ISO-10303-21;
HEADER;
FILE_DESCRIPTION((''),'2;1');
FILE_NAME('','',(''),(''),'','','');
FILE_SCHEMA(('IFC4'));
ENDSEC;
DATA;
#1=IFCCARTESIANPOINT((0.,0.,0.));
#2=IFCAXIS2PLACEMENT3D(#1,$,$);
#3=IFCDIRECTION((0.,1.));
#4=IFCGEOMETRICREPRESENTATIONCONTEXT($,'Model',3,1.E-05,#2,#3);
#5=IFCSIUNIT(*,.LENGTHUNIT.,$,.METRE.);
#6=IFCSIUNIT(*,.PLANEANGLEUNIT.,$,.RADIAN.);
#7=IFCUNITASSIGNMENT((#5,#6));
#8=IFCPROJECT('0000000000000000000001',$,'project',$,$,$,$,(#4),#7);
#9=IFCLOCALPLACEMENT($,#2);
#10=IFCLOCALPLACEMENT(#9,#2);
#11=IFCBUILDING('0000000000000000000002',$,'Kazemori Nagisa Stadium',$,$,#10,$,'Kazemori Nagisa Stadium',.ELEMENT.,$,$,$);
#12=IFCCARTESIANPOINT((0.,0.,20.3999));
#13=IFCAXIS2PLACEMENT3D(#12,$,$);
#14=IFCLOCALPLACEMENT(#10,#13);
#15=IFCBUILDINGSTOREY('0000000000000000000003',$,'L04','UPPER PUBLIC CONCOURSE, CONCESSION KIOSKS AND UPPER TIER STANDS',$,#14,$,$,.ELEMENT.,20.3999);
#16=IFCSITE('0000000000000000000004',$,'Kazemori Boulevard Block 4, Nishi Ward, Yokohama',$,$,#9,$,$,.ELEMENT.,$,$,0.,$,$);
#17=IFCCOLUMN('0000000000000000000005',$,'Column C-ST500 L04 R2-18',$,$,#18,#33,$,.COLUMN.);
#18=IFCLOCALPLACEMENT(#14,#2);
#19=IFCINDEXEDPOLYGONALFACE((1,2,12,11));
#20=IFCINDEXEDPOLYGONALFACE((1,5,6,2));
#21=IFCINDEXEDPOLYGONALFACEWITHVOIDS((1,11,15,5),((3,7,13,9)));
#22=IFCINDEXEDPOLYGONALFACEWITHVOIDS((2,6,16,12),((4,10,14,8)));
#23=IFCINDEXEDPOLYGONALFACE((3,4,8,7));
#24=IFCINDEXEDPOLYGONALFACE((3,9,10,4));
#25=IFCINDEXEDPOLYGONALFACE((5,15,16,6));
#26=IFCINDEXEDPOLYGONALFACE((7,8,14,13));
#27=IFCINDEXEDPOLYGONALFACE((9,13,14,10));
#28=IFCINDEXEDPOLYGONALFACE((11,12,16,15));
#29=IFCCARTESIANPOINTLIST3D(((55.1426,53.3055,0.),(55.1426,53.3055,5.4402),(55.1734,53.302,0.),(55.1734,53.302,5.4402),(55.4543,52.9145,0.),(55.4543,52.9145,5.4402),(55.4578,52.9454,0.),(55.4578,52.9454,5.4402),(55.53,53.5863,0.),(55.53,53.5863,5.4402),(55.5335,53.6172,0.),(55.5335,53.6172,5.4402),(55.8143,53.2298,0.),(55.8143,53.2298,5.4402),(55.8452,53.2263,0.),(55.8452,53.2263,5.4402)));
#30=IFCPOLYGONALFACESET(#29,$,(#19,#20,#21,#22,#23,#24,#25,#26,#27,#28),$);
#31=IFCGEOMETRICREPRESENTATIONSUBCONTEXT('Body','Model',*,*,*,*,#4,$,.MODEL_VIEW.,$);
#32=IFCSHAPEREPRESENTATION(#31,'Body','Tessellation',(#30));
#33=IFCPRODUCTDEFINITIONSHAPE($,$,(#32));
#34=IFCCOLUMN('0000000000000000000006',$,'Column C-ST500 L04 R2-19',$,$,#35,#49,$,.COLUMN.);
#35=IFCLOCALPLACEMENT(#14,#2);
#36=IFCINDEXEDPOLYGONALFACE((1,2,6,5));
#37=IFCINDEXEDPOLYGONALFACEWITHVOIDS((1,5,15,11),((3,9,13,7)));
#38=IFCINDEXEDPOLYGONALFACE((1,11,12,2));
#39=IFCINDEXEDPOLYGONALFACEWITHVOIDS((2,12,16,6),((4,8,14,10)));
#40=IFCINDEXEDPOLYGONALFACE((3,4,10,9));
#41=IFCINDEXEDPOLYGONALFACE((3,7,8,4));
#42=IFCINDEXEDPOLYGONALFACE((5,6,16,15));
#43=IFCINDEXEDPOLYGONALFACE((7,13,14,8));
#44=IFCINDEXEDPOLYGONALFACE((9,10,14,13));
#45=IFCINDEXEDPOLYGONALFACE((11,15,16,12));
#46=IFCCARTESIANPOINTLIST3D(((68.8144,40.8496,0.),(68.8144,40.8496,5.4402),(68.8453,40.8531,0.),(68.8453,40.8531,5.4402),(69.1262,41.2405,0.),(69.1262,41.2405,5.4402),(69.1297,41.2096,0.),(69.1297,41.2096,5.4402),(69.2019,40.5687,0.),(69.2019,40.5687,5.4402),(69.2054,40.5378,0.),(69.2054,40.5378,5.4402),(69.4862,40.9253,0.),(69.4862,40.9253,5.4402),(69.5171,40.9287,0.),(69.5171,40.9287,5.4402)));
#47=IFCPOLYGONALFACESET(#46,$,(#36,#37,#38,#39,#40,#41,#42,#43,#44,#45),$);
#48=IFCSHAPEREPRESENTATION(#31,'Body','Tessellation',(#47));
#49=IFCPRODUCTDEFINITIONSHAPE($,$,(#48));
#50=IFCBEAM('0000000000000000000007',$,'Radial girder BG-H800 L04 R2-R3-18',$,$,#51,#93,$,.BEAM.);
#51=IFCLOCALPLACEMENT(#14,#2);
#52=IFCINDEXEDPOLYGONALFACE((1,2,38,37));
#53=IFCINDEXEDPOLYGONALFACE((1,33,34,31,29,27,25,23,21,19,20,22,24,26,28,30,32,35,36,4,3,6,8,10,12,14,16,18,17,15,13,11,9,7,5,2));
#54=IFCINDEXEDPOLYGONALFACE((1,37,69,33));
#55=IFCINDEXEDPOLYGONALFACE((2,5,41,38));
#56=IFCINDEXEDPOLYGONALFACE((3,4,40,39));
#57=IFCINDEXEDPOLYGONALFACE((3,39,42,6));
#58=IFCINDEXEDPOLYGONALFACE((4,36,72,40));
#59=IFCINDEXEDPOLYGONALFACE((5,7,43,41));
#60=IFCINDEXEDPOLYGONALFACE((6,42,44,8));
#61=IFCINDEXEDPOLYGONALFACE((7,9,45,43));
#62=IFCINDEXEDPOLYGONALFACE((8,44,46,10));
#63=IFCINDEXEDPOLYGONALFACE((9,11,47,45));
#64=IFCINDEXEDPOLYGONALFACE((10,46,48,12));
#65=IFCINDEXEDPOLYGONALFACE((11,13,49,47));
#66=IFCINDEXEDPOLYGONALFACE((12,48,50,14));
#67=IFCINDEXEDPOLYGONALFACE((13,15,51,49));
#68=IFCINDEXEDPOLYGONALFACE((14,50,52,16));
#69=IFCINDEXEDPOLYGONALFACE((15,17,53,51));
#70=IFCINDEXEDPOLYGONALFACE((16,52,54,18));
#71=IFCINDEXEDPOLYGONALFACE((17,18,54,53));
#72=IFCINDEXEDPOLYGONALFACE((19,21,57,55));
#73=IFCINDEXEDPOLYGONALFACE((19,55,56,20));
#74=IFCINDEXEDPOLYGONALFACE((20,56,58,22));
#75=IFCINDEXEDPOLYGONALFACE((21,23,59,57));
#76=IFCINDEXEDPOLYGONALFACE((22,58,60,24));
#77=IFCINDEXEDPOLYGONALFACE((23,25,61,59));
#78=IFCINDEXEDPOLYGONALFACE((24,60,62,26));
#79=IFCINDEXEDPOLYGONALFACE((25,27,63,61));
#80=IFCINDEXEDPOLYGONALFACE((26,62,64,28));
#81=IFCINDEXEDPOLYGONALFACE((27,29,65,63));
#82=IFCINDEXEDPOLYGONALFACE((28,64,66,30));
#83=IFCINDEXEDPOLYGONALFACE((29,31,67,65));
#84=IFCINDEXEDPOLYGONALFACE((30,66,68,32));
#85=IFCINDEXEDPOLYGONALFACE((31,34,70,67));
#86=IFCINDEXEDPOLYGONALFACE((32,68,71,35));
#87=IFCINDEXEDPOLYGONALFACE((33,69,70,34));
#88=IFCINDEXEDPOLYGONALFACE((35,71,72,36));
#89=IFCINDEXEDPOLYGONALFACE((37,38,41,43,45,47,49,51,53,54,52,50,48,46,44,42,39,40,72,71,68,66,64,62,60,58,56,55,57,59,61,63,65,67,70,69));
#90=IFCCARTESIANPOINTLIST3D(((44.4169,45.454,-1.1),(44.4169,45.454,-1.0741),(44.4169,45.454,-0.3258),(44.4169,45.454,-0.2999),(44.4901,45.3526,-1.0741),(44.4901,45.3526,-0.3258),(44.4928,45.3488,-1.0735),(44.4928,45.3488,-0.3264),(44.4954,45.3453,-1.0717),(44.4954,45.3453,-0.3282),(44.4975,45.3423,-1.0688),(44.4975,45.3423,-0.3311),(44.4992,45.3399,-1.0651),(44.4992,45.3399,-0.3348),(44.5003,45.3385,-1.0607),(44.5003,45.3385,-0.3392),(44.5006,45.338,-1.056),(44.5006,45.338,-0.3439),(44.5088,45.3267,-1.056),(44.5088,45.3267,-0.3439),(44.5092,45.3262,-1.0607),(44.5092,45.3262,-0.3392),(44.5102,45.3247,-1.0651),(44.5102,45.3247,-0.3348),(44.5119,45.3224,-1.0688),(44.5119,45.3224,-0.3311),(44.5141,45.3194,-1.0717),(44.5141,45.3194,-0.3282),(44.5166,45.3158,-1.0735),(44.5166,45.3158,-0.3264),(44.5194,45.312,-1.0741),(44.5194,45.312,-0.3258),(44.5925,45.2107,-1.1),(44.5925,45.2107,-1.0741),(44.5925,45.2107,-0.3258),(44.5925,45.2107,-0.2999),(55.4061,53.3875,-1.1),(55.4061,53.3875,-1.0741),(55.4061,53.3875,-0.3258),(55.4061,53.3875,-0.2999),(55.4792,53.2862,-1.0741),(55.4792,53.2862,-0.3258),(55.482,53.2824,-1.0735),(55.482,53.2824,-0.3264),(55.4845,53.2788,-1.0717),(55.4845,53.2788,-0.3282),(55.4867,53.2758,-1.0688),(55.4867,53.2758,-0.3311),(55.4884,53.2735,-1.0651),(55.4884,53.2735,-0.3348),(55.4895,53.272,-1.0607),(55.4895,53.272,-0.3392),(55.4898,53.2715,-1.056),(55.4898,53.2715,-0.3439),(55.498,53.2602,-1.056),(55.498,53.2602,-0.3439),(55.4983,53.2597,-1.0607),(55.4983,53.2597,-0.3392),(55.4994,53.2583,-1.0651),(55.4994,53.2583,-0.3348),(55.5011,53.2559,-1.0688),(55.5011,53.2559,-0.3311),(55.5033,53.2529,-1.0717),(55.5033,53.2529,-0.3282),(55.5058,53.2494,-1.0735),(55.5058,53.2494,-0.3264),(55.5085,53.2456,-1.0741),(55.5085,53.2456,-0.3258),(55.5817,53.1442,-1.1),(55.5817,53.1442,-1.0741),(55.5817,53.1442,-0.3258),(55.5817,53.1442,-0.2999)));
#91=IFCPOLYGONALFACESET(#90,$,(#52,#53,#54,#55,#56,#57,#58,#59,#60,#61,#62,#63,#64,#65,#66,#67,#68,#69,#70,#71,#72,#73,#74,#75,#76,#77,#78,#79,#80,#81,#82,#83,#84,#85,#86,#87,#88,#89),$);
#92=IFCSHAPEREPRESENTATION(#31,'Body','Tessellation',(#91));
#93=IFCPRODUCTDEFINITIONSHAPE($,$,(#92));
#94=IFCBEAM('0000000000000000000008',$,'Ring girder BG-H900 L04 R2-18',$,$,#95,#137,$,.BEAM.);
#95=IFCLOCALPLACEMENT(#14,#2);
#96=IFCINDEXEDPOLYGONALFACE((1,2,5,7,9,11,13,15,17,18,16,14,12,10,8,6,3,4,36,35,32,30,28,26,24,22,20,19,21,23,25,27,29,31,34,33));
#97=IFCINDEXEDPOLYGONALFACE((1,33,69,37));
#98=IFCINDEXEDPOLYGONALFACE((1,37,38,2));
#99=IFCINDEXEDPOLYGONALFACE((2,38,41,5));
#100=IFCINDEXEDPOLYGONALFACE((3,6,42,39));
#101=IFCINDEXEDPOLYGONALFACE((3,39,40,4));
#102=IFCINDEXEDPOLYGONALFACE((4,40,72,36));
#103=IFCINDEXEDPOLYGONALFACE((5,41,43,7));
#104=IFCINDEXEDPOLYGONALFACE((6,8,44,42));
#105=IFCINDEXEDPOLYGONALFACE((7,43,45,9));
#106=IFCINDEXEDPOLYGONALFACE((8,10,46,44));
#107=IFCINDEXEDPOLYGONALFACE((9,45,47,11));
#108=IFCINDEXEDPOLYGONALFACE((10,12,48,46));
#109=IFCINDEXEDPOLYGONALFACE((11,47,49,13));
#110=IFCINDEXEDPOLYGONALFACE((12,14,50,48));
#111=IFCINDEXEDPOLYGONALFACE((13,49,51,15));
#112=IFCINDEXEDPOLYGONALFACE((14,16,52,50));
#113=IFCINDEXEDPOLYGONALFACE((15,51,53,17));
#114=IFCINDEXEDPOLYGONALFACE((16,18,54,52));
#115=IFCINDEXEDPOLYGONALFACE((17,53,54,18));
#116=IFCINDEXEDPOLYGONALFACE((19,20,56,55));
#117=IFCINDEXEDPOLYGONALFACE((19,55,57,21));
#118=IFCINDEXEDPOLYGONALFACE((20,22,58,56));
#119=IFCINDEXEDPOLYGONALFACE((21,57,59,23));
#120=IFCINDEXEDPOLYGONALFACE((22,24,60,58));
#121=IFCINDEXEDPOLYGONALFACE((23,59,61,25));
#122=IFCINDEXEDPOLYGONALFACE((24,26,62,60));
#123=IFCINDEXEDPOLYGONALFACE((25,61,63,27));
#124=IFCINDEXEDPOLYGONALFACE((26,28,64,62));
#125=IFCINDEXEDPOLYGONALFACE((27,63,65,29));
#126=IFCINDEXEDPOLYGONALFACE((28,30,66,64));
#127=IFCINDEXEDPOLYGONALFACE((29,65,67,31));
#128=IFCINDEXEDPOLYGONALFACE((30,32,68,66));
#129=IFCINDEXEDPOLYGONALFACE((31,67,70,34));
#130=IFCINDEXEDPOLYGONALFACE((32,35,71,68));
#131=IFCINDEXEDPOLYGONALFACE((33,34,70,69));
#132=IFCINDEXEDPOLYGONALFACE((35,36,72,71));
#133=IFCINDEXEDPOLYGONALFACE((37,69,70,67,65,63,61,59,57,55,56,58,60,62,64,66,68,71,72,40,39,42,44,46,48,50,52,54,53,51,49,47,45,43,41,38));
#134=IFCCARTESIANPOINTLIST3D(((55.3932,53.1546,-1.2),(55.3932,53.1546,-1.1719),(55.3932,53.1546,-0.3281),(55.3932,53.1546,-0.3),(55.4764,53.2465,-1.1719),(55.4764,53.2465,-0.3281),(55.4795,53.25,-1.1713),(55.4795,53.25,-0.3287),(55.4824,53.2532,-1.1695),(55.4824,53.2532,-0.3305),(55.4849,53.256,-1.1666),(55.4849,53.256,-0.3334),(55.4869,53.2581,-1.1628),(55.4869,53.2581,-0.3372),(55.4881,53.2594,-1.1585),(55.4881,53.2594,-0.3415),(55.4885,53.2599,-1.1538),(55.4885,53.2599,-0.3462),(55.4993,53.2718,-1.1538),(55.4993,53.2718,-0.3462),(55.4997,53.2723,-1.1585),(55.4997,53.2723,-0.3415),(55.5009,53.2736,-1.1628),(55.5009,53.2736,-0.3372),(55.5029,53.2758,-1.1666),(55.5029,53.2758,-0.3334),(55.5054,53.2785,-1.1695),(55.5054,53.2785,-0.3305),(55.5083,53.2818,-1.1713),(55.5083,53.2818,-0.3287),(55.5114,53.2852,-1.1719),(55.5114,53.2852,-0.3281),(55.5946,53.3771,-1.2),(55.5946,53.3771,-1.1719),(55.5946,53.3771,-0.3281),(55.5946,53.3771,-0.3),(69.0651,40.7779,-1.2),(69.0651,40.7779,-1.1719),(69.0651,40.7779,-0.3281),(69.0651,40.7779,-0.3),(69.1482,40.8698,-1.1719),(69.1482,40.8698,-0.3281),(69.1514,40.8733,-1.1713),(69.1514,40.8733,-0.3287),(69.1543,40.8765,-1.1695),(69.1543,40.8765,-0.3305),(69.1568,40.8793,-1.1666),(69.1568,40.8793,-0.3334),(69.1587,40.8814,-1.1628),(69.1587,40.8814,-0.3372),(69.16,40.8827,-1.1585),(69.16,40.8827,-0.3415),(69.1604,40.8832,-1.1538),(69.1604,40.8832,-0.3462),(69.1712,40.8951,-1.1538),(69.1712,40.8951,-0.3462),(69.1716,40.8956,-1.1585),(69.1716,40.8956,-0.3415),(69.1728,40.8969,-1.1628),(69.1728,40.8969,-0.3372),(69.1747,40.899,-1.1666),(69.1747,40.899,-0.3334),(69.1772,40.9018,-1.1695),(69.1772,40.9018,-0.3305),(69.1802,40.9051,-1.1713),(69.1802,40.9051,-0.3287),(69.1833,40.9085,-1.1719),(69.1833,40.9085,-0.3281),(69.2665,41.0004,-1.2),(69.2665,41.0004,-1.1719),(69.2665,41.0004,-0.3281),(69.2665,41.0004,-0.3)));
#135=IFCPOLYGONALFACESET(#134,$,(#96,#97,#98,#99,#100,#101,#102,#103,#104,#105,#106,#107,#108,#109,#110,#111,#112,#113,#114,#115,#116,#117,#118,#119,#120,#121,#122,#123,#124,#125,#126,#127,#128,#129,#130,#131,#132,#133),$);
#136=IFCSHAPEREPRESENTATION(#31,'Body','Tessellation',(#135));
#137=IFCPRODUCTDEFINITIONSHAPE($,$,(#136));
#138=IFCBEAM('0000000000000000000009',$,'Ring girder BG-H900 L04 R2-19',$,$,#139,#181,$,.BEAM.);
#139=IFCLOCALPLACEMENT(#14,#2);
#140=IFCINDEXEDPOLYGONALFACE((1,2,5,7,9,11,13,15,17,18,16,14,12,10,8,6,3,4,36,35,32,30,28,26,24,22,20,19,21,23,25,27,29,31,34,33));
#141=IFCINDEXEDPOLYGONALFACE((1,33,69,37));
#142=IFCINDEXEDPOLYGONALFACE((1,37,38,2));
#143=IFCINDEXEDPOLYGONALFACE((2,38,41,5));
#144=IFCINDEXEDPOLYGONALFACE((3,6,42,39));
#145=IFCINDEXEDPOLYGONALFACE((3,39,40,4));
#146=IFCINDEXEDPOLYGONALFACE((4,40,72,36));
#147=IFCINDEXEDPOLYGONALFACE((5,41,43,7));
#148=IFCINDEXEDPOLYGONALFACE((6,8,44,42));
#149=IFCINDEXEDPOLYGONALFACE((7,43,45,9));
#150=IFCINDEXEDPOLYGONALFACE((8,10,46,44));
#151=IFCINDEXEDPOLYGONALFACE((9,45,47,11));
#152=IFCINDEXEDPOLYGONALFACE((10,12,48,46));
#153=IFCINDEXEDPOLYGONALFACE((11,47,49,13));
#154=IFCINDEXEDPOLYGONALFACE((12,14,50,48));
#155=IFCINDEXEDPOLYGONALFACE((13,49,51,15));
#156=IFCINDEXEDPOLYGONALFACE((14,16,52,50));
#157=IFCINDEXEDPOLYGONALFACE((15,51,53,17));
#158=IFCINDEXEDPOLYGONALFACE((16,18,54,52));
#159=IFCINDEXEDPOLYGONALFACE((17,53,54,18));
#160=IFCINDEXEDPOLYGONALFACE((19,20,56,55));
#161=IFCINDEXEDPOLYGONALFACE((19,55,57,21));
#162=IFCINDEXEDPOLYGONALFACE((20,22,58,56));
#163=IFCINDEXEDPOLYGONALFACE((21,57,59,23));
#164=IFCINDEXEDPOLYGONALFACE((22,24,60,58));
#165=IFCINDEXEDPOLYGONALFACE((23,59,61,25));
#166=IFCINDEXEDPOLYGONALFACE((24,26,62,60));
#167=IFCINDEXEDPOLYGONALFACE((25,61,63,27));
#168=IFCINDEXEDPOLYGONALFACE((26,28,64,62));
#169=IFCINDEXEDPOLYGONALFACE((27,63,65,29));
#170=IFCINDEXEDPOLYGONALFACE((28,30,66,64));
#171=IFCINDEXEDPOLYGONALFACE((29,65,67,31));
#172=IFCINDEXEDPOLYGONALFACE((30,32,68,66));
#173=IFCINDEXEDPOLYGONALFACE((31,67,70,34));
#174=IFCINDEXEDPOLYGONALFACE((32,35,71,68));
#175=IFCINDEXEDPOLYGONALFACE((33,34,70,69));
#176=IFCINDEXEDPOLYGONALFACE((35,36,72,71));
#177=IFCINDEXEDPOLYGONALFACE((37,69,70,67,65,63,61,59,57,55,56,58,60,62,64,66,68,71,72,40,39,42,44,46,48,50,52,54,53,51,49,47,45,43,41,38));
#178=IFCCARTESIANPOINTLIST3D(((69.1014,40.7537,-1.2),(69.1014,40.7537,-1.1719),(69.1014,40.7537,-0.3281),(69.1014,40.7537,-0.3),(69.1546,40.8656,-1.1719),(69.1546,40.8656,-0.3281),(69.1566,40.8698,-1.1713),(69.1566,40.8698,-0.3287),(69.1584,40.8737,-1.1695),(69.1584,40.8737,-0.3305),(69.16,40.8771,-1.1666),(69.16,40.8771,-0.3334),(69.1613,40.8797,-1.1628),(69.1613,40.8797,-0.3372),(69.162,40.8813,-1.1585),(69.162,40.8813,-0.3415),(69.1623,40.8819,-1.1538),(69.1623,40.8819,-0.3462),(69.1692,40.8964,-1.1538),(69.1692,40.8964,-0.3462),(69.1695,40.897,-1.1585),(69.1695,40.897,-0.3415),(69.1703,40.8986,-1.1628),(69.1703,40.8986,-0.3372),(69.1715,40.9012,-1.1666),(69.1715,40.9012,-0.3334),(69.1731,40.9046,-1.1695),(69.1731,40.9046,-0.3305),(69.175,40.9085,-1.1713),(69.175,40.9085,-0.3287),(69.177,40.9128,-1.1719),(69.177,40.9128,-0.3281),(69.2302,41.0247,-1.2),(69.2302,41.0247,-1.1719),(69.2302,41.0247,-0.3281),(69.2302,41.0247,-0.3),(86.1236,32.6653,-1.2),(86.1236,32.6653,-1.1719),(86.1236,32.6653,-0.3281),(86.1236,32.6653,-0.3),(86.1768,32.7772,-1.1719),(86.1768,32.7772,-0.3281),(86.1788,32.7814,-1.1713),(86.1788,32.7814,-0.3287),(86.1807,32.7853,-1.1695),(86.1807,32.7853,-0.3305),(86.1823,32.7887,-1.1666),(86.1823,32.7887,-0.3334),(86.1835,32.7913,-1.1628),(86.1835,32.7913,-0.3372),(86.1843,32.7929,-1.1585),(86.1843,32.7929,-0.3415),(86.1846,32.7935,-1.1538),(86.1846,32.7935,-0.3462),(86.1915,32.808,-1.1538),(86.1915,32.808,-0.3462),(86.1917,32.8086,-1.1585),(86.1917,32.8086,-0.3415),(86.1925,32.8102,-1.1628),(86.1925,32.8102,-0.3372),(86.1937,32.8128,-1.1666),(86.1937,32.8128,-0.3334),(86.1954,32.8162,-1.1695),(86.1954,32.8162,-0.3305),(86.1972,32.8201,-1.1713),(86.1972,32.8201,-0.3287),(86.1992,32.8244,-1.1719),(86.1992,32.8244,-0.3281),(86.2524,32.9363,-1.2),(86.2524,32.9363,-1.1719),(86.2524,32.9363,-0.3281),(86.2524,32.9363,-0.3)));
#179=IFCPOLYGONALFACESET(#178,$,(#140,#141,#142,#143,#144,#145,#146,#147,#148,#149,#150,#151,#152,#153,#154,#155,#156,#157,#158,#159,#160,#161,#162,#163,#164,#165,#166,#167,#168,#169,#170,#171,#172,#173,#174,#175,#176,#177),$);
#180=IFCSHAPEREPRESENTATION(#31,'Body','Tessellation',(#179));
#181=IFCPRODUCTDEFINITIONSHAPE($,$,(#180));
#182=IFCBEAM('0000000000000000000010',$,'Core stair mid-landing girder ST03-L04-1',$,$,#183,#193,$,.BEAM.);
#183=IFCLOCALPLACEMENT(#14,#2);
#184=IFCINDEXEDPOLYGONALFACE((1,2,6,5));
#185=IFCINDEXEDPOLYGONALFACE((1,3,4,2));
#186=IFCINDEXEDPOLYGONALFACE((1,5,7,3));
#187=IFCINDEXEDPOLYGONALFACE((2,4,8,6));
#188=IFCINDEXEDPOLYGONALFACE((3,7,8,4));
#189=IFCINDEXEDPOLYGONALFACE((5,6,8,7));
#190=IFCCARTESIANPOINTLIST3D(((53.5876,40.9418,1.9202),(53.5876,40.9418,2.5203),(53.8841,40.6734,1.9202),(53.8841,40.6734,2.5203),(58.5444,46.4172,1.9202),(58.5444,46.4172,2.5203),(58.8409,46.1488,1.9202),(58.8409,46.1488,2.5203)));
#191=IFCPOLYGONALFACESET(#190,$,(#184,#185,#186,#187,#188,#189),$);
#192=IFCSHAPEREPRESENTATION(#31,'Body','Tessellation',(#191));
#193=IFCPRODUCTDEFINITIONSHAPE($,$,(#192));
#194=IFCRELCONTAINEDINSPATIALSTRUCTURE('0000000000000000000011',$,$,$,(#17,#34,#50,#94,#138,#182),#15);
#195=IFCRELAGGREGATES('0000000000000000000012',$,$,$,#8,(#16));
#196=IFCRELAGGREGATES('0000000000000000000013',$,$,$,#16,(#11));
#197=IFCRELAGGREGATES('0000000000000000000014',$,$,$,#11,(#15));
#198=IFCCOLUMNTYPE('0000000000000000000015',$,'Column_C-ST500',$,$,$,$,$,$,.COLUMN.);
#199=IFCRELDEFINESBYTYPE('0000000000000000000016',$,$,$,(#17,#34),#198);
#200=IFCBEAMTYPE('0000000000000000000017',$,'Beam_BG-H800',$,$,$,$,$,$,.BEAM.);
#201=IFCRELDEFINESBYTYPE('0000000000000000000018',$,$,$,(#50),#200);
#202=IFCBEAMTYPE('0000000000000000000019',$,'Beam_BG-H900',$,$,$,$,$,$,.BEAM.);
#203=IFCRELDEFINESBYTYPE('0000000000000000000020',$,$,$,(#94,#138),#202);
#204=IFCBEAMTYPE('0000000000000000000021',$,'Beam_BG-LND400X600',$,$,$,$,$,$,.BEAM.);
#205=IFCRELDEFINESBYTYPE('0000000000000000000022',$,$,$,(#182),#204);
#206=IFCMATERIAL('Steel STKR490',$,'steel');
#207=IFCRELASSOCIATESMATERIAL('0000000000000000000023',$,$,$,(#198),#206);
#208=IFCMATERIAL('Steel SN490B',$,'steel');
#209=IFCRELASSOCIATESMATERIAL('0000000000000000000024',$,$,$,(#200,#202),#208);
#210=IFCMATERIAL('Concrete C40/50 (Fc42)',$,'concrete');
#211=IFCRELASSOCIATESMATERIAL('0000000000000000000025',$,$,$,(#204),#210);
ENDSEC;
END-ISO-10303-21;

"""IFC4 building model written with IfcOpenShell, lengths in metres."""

from ifc_helpers import new_model, si_unit, direction, frame, origin, origin_2d, place, context, subcontext, project, spatial, rectangle, hollow_rectangle, i_section, extrude, material, material_profile, profile_set, type_object, element, save


model = new_model("IFC4")

# Units and contexts
model_context = context("Model", 3, precision=1e-05, world=origin(), true_north=direction((0.0, 1.0)))
body_context = subcontext(model_context, "Body", "Model", "MODEL_VIEW")
ifc_project = project(units=[si_unit("LENGTHUNIT", "METRE"), si_unit("PLANEANGLEUNIT", "RADIAN")], contexts=[model_context])

# Site, building, storey
site_placement = place(None, origin())
site = spatial("IfcSite", under=ifc_project, at=site_placement, Name="Kazemori Boulevard Block 4, Nishi Ward, Yokohama", CompositionType="ELEMENT", RefElevation=0.0)
building_placement = place(site_placement, origin())
building = spatial("IfcBuilding", under=site, at=building_placement, Name="Kazemori Nagisa Stadium", LongName="Kazemori Nagisa Stadium", CompositionType="ELEMENT")
storey_placement = place(building_placement, frame((0.0, 0.0, 20.3999)))
storey = spatial("IfcBuildingStorey", under=building, at=storey_placement, Name="L04", Description="UPPER PUBLIC CONCOURSE, CONCESSION KIOSKS AND UPPER TIER STANDS", CompositionType="ELEMENT", Elevation=20.3999)

# Columns
ifc_material_1 = material(Name="Steel STKR490", Category="steel")
ifc_material_profile_1 = material_profile(ifc_material_1, hollow_rectangle(XDim=0.5, YDim=0.5, WallThickness=0.022, at=origin_2d()), Name="SHS-500x500x22")
ifc_profile_set_1 = profile_set([ifc_material_profile_1], Name="Steel STKR490")
column_type = type_object("IfcColumnType", Name="Column_C-ST500", PredefinedType="COLUMN", material=ifc_profile_set_1)
for number, where, z_axis, x_axis, name in (
    (1, (55.4939, 53.2659, 0.0), (0.0, 0.0, 1.0), (-0.781831, -0.62349, 0.0), "Column C-ST500 L04 R2-18"),
    (2, (69.1658, 40.8892, 0.0), (0.0, 0.0, 1.0), (-0.62349, -0.781831, 0.0), "Column C-ST500 L04 R2-19"),
):
    element("IfcColumn", number, at=place(storey_placement, frame(where, z_axis=z_axis, x_axis=x_axis)), inside=storey, type_object=column_type, Name=name, PredefinedType="COLUMN", context=body_context, shape_type="SweptSolid", body=[
        extrude(hollow_rectangle(XDim=0.5, YDim=0.5, WallThickness=0.022, at=origin_2d()), origin(), (0.0, 0.0, 1.0), 5.4402),
    ])

# Beams
ifc_material_2 = material(Name="Steel SN490B", Category="steel")
ifc_material_profile_2 = material_profile(ifc_material_2, i_section(OverallWidth=0.3, OverallDepth=0.8, WebThickness=0.0139, FlangeThickness=0.0259, FilletRadius=0.0181, at=origin_2d()), Name="H-800x300x14x26")
ifc_profile_set_2 = profile_set([ifc_material_profile_2], Name="Steel SN490B")
beam_type_1 = type_object("IfcBeamType", Name="Beam_BG-H800", PredefinedType="BEAM", material=ifc_profile_set_2)
beam_1_placement = place(storey_placement, frame((55.4939, 53.2659, -0.7), z_axis=(-0.810788, -0.585341, 0.0), x_axis=(0.585341, -0.810788, 0.0)))
element("IfcBeam", 3, at=beam_1_placement, inside=storey, type_object=beam_type_1, Name="Radial girder BG-H800 L04 R2-R3-18", PredefinedType="BEAM", context=body_context, shape_type="SweptSolid", body=[
    extrude(i_section(OverallWidth=0.3, OverallDepth=0.8, WebThickness=0.0139, FlangeThickness=0.0259, FilletRadius=0.0181, at=origin_2d()), origin(), (0.0, 0.0, 1.0), 13.5537),
])
ifc_material_profile_3 = material_profile(ifc_material_2, i_section(OverallWidth=0.3, OverallDepth=0.8999, WebThickness=0.0161, FlangeThickness=0.0281, FilletRadius=0.0181, at=origin_2d()), Name="H-900x300x16x28")
ifc_profile_set_3 = profile_set([ifc_material_profile_3], Name="Steel SN490B")
beam_type_2 = type_object("IfcBeamType", Name="Beam_BG-H900", PredefinedType="BEAM", material=ifc_profile_set_3)
beam_2_placement = place(storey_placement, frame((55.4939, 53.2659, -0.75), z_axis=(0.741349, -0.67112, 0.0), x_axis=(0.67112, 0.741349, 0.0)))
element("IfcBeam", 4, at=beam_2_placement, inside=storey, type_object=beam_type_2, Name="Ring girder BG-H900 L04 R2-18", PredefinedType="BEAM", context=body_context, shape_type="SweptSolid", body=[
    extrude(i_section(OverallWidth=0.3, OverallDepth=0.8999, WebThickness=0.0161, FlangeThickness=0.0281, FilletRadius=0.0181, at=origin_2d()), origin(), (0.0, 0.0, 1.0), 18.4419),
])
beam_3_placement = place(storey_placement, frame((69.1658, 40.8892, -0.75), z_axis=(0.903219, -0.429179, 0.0), x_axis=(0.429179, 0.903219, 0.0)))
element("IfcBeam", 5, at=beam_3_placement, inside=storey, type_object=beam_type_2, Name="Ring girder BG-H900 L04 R2-19", PredefinedType="BEAM", context=body_context, shape_type="SweptSolid", body=[
    extrude(i_section(OverallWidth=0.3, OverallDepth=0.8999, WebThickness=0.0161, FlangeThickness=0.0281, FilletRadius=0.0181, at=origin_2d()), origin(), (0.0, 0.0, 1.0), 18.8462),
])
ifc_material_3 = material(Name="Concrete C40/50 (Fc42)", Category="concrete")
ifc_material_profile_4 = material_profile(ifc_material_3, rectangle(XDim=0.3999, YDim=0.6001, at=origin_2d()), Name="RC-BM-400x600")
ifc_profile_set_4 = profile_set([ifc_material_profile_4], Name="Concrete C40/50 (Fc42)")
beam_type_3 = type_object("IfcBeamType", Name="Beam_BG-LND400X600", PredefinedType="BEAM", material=ifc_profile_set_4)
beam_4_placement = place(storey_placement, frame((58.6926, 46.283, 2.2202), z_axis=(-0.67113, -0.74134, 0.0), x_axis=(0.74134, -0.67113, 0.0)))
element("IfcBeam", 6, at=beam_4_placement, inside=storey, type_object=beam_type_3, Name="Core stair mid-landing girder ST03-L04-1", PredefinedType="BEAM", context=body_context, shape_type="SweptSolid", body=[
    extrude(rectangle(XDim=0.3999, YDim=0.6001, at=origin_2d()), origin(), (0.0, 0.0, 1.0), 7.3857),
])

save(model, "model.ifc")
